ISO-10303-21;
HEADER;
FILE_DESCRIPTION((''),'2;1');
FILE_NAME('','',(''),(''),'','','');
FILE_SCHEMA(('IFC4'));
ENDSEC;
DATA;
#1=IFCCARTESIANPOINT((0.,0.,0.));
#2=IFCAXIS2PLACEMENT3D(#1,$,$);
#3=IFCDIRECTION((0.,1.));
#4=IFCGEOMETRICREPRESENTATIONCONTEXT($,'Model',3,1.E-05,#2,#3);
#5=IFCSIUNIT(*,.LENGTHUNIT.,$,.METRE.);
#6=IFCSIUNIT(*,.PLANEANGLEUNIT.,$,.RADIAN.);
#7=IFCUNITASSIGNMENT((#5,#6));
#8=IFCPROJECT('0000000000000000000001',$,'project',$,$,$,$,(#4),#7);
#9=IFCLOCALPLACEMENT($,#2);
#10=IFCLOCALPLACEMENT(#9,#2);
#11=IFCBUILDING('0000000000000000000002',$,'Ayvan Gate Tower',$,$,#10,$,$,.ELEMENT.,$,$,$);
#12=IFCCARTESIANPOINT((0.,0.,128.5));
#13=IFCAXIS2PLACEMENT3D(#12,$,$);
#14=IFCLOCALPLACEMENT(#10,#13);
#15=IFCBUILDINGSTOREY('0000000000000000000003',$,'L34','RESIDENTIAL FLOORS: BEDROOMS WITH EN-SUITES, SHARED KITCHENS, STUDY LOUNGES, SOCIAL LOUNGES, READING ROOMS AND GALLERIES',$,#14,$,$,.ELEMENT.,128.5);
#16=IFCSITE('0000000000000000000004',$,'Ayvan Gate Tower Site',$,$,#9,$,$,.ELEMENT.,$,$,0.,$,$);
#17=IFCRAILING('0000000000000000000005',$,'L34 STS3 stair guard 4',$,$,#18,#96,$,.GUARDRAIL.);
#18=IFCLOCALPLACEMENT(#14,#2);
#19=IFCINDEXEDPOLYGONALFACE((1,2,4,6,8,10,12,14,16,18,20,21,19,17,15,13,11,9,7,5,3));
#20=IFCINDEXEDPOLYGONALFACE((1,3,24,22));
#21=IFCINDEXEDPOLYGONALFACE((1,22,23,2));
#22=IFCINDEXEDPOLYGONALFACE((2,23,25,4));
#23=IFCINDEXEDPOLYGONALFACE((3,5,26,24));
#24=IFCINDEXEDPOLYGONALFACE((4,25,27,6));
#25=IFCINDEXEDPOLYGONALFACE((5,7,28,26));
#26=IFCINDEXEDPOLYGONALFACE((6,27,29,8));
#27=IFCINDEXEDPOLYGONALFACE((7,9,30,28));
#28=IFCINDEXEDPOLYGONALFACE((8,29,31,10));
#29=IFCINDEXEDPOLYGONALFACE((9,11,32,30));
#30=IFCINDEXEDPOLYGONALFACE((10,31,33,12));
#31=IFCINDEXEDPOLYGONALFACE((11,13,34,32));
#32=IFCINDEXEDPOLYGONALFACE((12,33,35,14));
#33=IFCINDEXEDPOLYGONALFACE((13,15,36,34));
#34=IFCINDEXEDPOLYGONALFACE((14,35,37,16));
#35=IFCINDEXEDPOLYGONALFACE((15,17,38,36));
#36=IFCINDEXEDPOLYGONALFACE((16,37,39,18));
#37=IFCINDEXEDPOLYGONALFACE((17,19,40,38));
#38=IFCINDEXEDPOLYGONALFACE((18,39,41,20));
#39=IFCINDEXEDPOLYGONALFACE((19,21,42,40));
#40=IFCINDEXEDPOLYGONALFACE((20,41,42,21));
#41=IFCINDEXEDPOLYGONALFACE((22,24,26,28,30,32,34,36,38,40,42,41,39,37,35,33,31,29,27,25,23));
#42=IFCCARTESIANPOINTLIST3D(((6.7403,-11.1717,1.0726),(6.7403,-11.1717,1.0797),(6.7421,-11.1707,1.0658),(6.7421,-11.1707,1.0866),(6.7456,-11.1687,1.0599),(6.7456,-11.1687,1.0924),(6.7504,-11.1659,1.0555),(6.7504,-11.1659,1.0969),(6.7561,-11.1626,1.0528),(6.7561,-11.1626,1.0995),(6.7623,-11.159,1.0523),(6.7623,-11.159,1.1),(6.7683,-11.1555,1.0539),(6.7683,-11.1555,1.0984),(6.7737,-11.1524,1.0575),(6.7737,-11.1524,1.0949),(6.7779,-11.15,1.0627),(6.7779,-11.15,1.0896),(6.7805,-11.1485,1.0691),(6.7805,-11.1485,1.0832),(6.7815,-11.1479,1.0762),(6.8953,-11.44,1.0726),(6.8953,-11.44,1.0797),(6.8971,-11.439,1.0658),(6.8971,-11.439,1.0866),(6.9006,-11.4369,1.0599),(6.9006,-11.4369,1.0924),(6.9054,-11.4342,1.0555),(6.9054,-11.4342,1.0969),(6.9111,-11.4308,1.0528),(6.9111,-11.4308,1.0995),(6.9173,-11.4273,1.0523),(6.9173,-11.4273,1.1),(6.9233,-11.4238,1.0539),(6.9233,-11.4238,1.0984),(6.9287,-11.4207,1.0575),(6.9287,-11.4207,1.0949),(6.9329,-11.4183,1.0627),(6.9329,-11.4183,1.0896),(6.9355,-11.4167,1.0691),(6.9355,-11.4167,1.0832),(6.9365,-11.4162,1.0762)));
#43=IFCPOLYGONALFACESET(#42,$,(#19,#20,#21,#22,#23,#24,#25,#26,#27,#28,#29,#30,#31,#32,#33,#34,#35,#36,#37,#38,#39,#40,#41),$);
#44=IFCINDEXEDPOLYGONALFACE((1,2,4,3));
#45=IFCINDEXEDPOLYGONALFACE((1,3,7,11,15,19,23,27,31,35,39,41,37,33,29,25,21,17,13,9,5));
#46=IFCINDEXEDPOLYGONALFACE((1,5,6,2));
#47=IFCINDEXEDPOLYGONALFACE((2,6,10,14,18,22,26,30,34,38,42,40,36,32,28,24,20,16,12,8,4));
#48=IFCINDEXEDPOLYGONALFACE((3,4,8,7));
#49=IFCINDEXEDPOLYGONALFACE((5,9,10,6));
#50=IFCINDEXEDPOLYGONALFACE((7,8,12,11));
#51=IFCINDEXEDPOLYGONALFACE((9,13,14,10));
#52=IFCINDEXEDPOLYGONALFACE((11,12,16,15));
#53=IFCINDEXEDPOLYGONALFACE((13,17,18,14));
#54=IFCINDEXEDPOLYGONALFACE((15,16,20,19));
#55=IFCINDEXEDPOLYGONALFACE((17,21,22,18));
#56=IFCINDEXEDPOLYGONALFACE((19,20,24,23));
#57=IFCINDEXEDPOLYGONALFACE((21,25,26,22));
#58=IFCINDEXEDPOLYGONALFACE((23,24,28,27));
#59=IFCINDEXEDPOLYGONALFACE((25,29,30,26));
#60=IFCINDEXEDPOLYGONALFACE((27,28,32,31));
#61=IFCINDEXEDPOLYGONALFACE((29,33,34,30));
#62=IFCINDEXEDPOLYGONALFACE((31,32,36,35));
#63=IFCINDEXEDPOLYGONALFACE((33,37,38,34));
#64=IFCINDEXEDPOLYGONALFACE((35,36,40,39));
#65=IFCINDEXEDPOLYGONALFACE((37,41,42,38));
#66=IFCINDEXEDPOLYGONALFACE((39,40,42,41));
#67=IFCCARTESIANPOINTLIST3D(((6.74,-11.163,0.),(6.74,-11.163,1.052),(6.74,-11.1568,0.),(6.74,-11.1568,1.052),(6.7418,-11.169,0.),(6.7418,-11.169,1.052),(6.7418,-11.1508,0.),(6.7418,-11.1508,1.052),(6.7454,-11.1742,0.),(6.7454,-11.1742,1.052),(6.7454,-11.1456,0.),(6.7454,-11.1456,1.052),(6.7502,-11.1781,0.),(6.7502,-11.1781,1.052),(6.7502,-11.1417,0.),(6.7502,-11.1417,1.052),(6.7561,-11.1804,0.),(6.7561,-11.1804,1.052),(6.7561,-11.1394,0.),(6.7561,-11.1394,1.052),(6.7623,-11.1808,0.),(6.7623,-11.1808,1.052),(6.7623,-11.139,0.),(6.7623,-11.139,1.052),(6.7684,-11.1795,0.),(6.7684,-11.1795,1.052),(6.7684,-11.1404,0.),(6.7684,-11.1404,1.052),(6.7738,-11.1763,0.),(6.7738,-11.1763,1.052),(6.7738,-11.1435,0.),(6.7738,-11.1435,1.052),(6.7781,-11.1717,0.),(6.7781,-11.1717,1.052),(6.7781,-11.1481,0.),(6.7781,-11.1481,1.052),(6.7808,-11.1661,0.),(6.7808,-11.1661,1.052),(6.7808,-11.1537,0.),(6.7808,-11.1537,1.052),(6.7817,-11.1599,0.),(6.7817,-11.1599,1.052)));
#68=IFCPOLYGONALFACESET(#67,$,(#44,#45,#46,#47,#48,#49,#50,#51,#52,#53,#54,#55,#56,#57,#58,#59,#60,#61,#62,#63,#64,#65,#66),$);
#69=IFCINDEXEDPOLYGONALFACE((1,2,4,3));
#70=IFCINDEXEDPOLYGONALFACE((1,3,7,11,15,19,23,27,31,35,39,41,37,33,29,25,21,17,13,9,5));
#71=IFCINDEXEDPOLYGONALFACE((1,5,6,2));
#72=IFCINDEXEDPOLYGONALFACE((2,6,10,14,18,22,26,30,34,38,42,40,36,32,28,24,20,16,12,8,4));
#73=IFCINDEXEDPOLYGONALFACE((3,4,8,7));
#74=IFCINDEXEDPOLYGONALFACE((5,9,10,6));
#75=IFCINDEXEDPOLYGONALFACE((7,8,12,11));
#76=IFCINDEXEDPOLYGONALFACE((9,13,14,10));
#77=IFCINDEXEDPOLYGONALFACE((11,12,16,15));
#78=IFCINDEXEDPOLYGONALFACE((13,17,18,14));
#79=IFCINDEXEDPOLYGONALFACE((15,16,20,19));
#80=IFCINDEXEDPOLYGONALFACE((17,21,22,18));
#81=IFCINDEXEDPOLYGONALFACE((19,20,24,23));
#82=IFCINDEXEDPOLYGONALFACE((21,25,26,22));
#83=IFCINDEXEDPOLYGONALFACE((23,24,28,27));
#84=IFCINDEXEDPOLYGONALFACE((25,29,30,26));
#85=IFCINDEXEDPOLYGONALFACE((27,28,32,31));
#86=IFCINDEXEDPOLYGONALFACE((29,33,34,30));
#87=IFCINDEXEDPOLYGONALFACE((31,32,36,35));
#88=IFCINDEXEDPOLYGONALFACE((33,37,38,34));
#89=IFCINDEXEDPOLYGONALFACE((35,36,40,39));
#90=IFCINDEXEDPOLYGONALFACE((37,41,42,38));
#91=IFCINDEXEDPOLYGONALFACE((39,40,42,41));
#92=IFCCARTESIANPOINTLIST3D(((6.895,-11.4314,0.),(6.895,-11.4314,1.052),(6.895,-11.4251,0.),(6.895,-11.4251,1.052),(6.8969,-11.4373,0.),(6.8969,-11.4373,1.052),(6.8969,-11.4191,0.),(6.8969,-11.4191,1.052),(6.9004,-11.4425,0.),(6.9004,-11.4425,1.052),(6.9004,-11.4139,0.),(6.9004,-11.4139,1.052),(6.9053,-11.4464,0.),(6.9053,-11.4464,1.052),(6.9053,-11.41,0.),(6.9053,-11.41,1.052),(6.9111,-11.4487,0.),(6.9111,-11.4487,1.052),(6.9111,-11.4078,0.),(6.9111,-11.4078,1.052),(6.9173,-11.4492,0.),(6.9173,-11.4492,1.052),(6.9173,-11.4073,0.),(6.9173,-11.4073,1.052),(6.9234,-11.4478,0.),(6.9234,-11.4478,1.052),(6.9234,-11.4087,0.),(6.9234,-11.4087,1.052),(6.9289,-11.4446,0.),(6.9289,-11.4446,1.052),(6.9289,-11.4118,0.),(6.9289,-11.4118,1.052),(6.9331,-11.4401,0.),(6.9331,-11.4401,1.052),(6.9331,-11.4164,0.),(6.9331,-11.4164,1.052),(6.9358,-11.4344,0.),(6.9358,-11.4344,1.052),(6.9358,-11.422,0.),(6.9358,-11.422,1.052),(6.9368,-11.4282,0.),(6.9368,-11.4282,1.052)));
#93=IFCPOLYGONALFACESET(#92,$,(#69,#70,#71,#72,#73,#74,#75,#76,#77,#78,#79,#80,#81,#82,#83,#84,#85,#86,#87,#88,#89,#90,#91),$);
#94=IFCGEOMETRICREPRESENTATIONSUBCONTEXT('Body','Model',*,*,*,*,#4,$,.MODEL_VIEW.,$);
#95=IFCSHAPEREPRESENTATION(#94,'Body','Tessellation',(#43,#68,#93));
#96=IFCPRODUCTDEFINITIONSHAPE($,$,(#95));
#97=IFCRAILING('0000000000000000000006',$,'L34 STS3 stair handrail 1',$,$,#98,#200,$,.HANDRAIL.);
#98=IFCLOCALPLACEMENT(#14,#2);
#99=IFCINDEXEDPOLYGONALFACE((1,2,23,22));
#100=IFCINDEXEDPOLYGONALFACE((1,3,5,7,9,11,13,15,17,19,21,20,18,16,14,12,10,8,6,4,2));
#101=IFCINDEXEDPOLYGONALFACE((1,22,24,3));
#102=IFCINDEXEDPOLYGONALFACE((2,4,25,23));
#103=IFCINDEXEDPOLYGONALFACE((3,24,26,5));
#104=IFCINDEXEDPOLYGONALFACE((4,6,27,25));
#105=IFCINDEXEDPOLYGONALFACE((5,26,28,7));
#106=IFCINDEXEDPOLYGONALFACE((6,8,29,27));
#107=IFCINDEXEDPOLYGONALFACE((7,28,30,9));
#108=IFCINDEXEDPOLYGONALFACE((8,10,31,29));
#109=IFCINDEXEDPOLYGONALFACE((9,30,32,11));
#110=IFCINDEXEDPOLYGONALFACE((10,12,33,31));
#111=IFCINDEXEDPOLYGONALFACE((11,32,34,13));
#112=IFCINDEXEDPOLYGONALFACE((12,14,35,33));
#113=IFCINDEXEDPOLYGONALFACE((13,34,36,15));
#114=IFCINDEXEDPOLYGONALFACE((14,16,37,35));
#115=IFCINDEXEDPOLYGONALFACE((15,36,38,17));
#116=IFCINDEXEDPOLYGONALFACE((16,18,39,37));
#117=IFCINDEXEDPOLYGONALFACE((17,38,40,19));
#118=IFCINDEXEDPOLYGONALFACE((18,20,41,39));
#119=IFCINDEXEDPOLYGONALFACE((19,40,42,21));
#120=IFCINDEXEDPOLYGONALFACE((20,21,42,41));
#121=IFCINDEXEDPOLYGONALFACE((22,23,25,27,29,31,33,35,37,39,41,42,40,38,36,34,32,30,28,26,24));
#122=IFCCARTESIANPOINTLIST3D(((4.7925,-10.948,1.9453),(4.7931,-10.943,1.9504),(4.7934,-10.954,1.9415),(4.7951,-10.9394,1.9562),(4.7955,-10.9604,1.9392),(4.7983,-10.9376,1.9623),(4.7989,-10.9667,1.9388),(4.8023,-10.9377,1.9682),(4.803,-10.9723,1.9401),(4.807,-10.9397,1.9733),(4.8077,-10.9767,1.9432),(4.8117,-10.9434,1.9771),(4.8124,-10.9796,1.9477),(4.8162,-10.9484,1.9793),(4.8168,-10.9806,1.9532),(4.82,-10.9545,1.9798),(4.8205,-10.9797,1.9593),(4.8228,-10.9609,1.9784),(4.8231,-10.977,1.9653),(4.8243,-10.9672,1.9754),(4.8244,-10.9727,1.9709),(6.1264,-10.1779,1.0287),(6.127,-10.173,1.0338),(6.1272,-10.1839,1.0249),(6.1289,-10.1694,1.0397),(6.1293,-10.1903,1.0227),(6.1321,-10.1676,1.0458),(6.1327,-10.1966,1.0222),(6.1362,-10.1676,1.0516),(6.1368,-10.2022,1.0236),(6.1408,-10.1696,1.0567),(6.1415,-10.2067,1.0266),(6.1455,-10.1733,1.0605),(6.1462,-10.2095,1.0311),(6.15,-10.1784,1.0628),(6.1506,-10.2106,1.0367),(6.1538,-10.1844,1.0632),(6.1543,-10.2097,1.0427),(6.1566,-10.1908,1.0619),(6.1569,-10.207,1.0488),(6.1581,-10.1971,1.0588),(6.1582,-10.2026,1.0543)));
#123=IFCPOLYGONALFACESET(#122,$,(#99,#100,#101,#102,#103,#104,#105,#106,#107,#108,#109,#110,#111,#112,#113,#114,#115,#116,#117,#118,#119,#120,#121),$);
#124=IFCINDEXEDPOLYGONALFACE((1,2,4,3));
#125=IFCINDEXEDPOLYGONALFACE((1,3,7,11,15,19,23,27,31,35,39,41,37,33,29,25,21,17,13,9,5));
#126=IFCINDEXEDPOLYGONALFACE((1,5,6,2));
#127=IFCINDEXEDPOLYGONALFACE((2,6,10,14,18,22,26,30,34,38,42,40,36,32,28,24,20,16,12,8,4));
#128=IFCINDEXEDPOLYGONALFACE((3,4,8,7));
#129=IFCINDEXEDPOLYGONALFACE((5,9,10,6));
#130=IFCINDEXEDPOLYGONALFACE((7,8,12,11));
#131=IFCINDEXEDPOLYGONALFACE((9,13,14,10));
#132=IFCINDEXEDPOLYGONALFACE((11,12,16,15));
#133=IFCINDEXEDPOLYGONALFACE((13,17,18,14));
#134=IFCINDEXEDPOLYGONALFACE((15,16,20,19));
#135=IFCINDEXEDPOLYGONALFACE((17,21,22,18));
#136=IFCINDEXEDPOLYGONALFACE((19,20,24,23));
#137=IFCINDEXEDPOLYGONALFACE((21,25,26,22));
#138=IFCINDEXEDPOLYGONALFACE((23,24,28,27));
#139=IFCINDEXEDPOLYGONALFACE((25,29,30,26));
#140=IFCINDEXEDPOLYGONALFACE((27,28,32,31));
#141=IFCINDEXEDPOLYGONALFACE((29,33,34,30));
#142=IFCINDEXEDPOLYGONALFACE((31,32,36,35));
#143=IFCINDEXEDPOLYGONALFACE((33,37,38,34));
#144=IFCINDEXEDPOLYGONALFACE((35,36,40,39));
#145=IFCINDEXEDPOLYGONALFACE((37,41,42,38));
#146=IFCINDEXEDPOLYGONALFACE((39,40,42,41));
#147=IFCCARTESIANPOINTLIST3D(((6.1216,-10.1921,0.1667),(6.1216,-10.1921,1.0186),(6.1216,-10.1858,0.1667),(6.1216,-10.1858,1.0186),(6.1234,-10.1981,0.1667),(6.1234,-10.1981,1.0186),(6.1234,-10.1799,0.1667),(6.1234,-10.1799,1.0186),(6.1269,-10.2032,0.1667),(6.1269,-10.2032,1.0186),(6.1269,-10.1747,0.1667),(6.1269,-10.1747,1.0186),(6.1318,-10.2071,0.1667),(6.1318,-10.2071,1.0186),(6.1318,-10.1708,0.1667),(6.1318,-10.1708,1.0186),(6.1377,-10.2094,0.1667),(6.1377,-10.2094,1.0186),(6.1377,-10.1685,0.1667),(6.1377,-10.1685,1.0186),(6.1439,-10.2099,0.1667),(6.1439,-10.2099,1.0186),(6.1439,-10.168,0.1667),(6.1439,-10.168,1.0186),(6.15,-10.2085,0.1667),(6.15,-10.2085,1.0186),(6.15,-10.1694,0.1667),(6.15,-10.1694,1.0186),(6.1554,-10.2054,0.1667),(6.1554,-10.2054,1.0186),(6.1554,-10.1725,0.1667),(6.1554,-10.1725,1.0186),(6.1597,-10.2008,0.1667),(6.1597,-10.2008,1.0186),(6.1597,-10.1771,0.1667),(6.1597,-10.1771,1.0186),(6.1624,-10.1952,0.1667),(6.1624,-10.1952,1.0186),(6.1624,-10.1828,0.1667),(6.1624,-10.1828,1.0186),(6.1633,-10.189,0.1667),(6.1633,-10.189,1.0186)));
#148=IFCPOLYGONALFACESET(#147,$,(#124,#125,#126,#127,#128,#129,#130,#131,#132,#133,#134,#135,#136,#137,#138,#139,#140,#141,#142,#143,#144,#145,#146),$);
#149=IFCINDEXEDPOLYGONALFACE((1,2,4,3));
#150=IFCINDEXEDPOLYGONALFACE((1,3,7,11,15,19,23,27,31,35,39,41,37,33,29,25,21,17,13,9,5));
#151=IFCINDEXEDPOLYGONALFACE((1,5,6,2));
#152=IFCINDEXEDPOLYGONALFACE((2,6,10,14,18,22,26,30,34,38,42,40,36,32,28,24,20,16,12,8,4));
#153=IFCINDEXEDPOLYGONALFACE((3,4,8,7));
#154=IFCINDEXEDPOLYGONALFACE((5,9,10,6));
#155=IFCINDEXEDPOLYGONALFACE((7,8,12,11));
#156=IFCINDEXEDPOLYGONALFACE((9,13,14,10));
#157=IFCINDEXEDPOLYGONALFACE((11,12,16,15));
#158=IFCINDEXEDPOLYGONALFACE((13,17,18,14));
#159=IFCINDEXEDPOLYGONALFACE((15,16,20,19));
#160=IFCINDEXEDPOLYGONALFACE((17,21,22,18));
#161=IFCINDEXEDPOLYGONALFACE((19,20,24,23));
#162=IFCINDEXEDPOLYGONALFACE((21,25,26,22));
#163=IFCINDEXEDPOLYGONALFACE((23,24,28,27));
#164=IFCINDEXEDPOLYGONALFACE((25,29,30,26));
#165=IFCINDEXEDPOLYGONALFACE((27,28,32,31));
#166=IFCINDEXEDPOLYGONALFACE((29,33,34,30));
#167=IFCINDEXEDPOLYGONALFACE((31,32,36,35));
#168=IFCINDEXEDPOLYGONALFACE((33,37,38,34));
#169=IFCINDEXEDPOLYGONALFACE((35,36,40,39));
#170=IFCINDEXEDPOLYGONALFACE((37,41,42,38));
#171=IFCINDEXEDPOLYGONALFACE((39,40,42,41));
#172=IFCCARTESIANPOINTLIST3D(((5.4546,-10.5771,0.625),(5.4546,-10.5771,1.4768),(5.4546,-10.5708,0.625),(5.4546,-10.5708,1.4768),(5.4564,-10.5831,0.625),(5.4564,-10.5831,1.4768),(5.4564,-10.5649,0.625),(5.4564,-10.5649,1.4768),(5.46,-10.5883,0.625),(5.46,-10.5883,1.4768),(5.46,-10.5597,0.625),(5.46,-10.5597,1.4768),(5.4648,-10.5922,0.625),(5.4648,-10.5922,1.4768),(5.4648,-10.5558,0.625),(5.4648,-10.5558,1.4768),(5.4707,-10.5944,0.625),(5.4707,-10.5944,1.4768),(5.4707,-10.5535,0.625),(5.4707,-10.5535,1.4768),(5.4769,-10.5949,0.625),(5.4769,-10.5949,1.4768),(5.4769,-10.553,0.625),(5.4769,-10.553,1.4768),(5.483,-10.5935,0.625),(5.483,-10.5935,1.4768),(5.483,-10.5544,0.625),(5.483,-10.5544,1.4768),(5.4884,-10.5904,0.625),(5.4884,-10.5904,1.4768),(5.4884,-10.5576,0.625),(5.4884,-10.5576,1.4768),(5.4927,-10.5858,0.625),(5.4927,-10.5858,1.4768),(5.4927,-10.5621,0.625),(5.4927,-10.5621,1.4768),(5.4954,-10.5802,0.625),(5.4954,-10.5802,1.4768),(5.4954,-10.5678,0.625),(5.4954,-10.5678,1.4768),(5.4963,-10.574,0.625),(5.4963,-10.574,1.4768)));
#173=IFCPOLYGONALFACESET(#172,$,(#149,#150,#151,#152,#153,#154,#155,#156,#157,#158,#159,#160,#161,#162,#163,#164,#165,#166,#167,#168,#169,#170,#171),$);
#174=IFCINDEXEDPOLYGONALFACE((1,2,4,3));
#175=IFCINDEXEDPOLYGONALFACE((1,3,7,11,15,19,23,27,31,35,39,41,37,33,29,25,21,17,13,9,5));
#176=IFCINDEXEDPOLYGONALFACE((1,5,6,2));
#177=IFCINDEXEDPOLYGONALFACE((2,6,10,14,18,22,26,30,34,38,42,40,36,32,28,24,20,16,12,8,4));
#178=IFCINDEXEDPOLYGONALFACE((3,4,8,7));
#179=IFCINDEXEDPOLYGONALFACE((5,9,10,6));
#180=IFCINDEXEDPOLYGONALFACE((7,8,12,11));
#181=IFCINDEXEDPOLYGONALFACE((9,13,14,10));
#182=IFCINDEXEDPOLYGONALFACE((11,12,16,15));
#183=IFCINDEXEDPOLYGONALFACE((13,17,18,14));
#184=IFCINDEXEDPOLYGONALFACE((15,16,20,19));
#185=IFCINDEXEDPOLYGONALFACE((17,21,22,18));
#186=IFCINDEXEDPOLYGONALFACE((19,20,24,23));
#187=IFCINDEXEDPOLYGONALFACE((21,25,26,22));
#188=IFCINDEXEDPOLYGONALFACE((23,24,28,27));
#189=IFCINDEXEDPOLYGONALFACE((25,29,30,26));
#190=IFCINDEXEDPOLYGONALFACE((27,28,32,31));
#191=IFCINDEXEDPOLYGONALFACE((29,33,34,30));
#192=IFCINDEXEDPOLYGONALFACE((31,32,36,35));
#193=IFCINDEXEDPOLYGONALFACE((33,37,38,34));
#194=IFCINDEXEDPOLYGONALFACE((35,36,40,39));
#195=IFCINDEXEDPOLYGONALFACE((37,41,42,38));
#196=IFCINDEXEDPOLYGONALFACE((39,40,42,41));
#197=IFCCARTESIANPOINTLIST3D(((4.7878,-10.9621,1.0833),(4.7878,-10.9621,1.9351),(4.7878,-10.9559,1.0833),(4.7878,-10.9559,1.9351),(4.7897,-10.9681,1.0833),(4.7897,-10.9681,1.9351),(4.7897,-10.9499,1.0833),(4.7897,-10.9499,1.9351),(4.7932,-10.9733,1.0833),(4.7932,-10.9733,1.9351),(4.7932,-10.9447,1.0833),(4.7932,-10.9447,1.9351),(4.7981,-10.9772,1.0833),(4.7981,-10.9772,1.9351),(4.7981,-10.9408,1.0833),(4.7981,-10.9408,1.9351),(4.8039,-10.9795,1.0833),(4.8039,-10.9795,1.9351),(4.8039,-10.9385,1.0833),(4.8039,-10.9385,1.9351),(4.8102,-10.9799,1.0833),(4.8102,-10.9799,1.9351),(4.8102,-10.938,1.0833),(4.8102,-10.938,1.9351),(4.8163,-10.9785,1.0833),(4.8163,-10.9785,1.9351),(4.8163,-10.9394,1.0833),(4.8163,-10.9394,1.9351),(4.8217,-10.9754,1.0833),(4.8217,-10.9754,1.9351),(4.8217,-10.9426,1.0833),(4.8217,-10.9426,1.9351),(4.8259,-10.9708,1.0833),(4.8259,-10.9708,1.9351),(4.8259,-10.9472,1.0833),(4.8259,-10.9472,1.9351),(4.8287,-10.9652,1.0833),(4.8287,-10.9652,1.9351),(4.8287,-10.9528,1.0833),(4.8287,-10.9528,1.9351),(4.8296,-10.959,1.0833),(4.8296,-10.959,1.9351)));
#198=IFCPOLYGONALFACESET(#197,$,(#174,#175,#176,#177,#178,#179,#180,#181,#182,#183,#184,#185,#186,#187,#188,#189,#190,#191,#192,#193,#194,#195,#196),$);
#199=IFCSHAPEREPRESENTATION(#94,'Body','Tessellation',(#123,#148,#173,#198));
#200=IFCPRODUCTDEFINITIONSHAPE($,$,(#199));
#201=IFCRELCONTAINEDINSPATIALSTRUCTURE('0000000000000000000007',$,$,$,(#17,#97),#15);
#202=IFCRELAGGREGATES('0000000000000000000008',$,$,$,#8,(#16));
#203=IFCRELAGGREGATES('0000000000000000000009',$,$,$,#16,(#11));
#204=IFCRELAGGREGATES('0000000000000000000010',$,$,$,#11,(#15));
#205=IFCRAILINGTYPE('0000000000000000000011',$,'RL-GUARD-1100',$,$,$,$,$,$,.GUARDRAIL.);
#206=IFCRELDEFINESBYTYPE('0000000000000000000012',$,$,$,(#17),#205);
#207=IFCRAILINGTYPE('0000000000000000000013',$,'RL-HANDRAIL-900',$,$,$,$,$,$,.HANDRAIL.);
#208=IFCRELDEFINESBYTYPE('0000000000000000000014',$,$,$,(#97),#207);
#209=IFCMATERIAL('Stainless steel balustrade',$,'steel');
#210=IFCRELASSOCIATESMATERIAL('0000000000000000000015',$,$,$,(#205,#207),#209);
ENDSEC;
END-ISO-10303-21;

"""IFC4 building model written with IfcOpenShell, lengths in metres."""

from ifc_helpers import new_model, si_unit, direction, frame, origin, origin_2d, place, context, subcontext, project, spatial, circle, extrude, material, type_object, element, save


model = new_model("IFC4")

# Units and contexts
model_context = context("Model", 3, precision=1e-05, world=origin(), true_north=direction((0.0, 1.0)))
body_context = subcontext(model_context, "Body", "Model", "MODEL_VIEW")
ifc_project = project(units=[si_unit("LENGTHUNIT", "METRE"), si_unit("PLANEANGLEUNIT", "RADIAN")], contexts=[model_context])

# Site, building, storey
site_placement = place(None, origin())
site = spatial("IfcSite", under=ifc_project, at=site_placement, Name="Ayvan Gate Tower Site", CompositionType="ELEMENT", RefElevation=0.0)
building_placement = place(site_placement, origin())
building = spatial("IfcBuilding", under=site, at=building_placement, Name="Ayvan Gate Tower", CompositionType="ELEMENT")
storey_placement = place(building_placement, frame((0.0, 0.0, 128.5)))
storey = spatial("IfcBuildingStorey", under=building, at=storey_placement, Name="L34", Description="RESIDENTIAL FLOORS: BEDROOMS WITH EN-SUITES, SHARED KITCHENS, STUDY LOUNGES, SOCIAL LOUNGES, READING ROOMS AND GALLERIES", CompositionType="ELEMENT", Elevation=128.5)

# Railings
ifc_material_1 = material(Name="Stainless steel balustrade", Category="steel")
railing_type_1 = type_object("IfcRailingType", Name="RL-GUARD-1100", PredefinedType="GUARDRAIL", material=ifc_material_1)
railing_1_placement = place(storey_placement, frame((6.7607, -11.1599, 0.0)))
element("IfcRailing", 1, at=railing_1_placement, inside=storey, type_object=railing_type_1, Name="L34 STS3 stair guard 4", PredefinedType="GUARDRAIL", context=body_context, shape_type="SweptSolid", body=[
    extrude(circle(Radius=0.0239, at=origin_2d()), frame((0.0, 0.0, 1.0762), z_axis=(0.500291, -0.865857, 0.0), x_axis=(0.865857, 0.500291, 0.0)), (0.0, 0.0, 1.0), 0.3098),
    extrude(circle(Radius=0.021, at=origin_2d()), origin(), (0.0, 0.0, 1.0), 1.052),
    extrude(circle(Radius=0.021, at=origin_2d()), frame((0.155, -0.2683, 0.0)), (0.0, 0.0, 1.0), 1.052),
])
railing_type_2 = type_object("IfcRailingType", Name="RL-HANDRAIL-900", PredefinedType="HANDRAIL", material=ifc_material_1)
railing_2_placement = place(storey_placement, frame((6.1423, -10.189, 0.1667)))
element("IfcRailing", 2, at=railing_2_placement, inside=storey, type_object=railing_type_2, Name="L34 STS3 stair handrail 1", PredefinedType="HANDRAIL", context=body_context, shape_type="SweptSolid", body=[
    extrude(circle(Radius=0.0239, at=origin_2d()), frame((0.0, 0.0, 0.876), z_axis=(-0.744216, -0.429664, 0.511401), x_axis=(0.499992, -0.86603, 0.0)), (0.0, 0.0, 1.0), 1.7922),
    extrude(circle(Radius=0.021, at=origin_2d()), origin(), (0.0, 0.0, 1.0), 0.8518),
    extrude(circle(Radius=0.021, at=origin_2d()), frame((-0.667, -0.385, 0.4583)), (0.0, 0.0, 1.0), 0.8518),
    extrude(circle(Radius=0.021, at=origin_2d()), frame((-1.3337, -0.77, 0.9165)), (0.0, 0.0, 1.0), 0.8518),
])

save(model, "model.ifc")
